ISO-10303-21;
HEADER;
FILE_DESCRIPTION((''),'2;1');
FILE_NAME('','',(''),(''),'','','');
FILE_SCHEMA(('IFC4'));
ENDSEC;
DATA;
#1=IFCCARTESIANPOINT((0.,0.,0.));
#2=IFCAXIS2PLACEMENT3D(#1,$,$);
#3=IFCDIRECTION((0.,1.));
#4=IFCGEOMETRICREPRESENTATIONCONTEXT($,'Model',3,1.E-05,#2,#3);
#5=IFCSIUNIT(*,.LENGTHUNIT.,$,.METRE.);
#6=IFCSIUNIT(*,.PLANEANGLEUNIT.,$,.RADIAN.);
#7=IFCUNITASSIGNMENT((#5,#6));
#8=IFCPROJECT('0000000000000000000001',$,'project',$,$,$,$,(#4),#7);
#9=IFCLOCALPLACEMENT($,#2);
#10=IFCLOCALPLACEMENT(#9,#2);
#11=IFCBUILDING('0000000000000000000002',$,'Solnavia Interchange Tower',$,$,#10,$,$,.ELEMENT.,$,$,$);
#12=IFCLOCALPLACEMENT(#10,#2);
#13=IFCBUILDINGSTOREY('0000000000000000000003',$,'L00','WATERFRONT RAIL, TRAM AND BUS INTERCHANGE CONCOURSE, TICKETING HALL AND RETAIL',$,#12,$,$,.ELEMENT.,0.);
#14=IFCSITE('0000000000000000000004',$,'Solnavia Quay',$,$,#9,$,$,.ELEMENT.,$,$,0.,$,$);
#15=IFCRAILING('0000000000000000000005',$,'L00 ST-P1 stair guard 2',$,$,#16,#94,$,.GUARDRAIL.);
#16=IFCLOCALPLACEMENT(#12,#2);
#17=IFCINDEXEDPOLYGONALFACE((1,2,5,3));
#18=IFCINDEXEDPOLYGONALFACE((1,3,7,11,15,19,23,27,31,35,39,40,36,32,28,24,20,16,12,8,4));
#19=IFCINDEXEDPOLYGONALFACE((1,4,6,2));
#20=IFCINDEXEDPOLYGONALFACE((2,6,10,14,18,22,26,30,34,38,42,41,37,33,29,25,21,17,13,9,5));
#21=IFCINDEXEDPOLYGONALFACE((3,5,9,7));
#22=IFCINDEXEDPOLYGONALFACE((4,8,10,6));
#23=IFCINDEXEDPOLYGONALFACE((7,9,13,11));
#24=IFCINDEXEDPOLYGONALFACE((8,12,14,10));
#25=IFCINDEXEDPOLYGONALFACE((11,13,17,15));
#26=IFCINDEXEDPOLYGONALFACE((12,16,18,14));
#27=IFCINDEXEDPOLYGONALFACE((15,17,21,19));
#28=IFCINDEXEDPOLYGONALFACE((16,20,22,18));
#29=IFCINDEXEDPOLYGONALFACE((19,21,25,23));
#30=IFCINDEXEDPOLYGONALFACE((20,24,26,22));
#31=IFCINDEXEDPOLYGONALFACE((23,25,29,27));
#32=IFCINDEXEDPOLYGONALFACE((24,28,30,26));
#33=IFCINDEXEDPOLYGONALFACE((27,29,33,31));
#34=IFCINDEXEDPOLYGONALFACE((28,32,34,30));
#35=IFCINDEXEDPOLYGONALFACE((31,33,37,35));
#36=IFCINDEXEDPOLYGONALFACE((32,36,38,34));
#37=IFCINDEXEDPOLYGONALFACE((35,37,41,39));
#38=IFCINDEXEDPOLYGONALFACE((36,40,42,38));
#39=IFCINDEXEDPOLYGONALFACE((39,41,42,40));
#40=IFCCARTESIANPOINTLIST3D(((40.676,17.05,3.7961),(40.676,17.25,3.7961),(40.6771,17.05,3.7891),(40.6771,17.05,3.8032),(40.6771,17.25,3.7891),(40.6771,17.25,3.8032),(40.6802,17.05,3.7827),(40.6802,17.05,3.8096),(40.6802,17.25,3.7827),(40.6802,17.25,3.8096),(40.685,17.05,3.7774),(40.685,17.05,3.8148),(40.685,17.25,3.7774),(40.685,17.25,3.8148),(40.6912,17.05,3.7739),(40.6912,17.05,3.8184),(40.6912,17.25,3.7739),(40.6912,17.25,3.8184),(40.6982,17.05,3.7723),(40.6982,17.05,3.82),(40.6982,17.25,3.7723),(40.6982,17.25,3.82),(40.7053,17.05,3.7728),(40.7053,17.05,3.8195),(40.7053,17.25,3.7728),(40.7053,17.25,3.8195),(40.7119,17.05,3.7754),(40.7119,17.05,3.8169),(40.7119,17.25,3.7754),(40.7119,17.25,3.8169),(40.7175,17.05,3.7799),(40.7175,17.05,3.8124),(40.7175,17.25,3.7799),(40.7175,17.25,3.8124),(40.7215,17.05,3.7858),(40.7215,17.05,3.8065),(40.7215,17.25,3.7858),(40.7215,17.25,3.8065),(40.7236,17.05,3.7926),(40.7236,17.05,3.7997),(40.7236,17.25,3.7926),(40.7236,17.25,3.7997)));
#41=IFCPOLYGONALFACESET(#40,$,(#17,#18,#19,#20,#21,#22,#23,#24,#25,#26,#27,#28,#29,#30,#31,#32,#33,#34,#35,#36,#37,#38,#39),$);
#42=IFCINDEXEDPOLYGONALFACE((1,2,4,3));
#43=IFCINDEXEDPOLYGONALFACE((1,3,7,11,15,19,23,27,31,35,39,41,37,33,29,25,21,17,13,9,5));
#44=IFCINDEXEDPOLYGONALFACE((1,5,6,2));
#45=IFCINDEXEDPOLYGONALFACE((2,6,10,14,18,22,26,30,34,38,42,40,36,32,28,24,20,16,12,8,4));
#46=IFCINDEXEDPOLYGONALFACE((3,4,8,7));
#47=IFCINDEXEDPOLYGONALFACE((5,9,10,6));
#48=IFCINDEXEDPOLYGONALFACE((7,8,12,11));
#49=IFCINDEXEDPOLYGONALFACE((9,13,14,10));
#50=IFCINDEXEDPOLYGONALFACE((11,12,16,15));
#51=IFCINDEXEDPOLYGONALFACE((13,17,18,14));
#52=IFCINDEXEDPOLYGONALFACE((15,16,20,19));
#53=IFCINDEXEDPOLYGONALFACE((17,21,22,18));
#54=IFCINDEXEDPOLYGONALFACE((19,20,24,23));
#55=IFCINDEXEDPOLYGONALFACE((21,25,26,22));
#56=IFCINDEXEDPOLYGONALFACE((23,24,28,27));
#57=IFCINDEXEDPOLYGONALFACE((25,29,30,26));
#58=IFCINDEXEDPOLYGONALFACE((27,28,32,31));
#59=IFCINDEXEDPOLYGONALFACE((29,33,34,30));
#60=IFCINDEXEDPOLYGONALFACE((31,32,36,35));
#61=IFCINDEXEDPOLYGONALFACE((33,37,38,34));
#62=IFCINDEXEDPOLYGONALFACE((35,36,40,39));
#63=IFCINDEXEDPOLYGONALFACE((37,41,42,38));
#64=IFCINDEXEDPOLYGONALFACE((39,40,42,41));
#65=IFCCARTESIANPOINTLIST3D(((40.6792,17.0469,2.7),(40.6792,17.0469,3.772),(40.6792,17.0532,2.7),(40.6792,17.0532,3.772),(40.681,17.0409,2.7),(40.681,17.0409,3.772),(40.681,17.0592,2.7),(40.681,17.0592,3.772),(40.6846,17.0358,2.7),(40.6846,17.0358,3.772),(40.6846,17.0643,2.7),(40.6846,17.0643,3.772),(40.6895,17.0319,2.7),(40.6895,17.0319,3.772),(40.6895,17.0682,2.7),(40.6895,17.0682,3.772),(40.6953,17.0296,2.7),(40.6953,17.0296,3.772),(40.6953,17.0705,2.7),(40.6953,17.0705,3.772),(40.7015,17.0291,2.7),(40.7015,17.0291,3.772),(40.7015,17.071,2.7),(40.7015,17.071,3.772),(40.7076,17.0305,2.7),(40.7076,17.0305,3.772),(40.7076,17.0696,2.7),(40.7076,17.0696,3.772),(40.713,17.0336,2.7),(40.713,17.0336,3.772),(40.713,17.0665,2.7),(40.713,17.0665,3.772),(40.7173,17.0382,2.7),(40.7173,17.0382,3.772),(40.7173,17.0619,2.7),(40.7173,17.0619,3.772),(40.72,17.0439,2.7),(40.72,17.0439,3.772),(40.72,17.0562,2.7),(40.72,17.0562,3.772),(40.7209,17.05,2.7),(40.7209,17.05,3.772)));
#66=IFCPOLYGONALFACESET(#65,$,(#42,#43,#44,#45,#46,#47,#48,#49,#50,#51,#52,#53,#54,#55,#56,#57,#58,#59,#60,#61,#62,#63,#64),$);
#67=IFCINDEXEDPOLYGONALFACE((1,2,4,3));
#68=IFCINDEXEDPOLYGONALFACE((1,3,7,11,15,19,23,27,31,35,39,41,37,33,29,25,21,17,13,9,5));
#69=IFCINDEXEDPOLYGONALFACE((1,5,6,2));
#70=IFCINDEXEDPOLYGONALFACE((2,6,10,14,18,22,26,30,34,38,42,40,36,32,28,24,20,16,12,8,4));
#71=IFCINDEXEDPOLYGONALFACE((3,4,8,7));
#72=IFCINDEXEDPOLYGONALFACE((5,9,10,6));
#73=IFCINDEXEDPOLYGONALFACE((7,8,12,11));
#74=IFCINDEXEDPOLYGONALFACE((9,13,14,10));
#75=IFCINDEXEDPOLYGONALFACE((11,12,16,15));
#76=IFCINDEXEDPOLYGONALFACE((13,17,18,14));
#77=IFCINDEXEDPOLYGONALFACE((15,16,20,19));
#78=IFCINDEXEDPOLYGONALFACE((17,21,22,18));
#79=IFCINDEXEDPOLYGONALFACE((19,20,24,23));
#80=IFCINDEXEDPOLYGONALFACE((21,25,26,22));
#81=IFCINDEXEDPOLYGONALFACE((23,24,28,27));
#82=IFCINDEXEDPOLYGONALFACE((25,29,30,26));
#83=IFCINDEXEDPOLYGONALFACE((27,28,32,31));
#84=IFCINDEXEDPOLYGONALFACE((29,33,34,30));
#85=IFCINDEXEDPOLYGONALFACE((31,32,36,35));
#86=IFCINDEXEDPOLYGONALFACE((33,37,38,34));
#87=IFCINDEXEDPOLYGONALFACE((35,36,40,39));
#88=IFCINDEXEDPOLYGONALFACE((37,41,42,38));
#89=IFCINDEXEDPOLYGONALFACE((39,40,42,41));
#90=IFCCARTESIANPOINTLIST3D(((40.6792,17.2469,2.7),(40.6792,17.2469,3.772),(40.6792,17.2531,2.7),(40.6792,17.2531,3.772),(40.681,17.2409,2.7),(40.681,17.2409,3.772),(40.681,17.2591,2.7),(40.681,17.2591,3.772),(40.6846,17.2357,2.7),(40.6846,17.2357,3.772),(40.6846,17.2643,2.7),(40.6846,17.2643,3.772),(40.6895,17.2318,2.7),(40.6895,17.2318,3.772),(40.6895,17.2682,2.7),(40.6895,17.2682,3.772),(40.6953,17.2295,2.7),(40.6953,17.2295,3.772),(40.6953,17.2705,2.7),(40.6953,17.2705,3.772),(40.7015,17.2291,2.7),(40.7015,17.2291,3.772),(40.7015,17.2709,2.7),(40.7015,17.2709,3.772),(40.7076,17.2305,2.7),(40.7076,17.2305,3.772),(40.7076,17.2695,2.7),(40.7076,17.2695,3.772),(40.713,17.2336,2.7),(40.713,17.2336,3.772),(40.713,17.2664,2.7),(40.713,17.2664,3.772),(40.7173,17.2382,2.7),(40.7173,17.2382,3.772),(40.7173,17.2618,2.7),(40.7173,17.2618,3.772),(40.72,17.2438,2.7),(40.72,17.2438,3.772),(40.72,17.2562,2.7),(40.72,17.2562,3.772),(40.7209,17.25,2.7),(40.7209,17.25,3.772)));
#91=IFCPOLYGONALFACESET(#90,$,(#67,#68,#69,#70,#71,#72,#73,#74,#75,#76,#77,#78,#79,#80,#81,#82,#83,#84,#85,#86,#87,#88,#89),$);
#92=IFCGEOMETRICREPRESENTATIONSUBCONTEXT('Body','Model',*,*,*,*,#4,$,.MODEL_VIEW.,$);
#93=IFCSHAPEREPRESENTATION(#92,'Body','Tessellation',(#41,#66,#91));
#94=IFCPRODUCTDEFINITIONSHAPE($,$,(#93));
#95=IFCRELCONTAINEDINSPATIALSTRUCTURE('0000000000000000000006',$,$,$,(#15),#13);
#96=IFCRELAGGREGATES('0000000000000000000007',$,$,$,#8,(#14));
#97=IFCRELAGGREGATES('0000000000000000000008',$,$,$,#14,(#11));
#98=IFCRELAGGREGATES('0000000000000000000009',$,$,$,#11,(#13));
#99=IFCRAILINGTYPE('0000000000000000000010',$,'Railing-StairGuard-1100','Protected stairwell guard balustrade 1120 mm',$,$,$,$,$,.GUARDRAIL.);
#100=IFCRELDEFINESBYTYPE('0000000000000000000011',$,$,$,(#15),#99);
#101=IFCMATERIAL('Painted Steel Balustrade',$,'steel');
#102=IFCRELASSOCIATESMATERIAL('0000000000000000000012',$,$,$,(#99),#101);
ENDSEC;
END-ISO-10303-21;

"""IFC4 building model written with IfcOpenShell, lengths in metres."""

from ifc_helpers import new_model, si_unit, direction, frame, origin, origin_2d, place, context, subcontext, project, spatial, circle, extrude, material, type_object, element, save


model = new_model("IFC4")

# Units and contexts
model_context = context("Model", 3, precision=1e-05, world=origin(), true_north=direction((0.0, 1.0)))
body_context = subcontext(model_context, "Body", "Model", "MODEL_VIEW")
ifc_project = project(units=[si_unit("LENGTHUNIT", "METRE"), si_unit("PLANEANGLEUNIT", "RADIAN")], contexts=[model_context])

# Site, building, storey
site_placement = place(None, origin())
site = spatial("IfcSite", under=ifc_project, at=site_placement, Name="Solnavia Quay", CompositionType="ELEMENT", RefElevation=0.0)
building_placement = place(site_placement, origin())
building = spatial("IfcBuilding", under=site, at=building_placement, Name="Solnavia Interchange Tower", CompositionType="ELEMENT")
storey_placement = place(building_placement, origin())
storey = spatial("IfcBuildingStorey", under=building, at=storey_placement, Name="L00", Description="WATERFRONT RAIL, TRAM AND BUS INTERCHANGE CONCOURSE, TICKETING HALL AND RETAIL", CompositionType="ELEMENT", Elevation=0.0)

# Railing
ifc_material_1 = material(Name="Painted Steel Balustrade", Category="steel")
railing_type_1 = type_object("IfcRailingType", Name="Railing-StairGuard-1100", Description="Protected stairwell guard balustrade 1120 mm", PredefinedType="GUARDRAIL", material=ifc_material_1)
railing_1_placement = place(storey_placement, frame((40.7, 17.05, 2.7)))
element("IfcRailing", 1, at=railing_1_placement, inside=storey, type_object=railing_type_1, Name="L00 ST-P1 stair guard 2", PredefinedType="GUARDRAIL", context=body_context, shape_type="SweptSolid", body=[
    extrude(circle(Radius=0.0239, at=origin_2d()), frame((0.0, 0.0, 1.0962), z_axis=(0.0, 1.0, 0.0), x_axis=(-1.0, 0.0, 0.0)), (0.0, 0.0, 1.0), 0.2),
    extrude(circle(Radius=0.021, at=origin_2d()), origin(), (0.0, 0.0, 1.0), 1.072),
    extrude(circle(Radius=0.021, at=origin_2d()), frame((0.0, 0.2, 0.0)), (0.0, 0.0, 1.0), 1.072),
])

save(model, "model.ifc")
